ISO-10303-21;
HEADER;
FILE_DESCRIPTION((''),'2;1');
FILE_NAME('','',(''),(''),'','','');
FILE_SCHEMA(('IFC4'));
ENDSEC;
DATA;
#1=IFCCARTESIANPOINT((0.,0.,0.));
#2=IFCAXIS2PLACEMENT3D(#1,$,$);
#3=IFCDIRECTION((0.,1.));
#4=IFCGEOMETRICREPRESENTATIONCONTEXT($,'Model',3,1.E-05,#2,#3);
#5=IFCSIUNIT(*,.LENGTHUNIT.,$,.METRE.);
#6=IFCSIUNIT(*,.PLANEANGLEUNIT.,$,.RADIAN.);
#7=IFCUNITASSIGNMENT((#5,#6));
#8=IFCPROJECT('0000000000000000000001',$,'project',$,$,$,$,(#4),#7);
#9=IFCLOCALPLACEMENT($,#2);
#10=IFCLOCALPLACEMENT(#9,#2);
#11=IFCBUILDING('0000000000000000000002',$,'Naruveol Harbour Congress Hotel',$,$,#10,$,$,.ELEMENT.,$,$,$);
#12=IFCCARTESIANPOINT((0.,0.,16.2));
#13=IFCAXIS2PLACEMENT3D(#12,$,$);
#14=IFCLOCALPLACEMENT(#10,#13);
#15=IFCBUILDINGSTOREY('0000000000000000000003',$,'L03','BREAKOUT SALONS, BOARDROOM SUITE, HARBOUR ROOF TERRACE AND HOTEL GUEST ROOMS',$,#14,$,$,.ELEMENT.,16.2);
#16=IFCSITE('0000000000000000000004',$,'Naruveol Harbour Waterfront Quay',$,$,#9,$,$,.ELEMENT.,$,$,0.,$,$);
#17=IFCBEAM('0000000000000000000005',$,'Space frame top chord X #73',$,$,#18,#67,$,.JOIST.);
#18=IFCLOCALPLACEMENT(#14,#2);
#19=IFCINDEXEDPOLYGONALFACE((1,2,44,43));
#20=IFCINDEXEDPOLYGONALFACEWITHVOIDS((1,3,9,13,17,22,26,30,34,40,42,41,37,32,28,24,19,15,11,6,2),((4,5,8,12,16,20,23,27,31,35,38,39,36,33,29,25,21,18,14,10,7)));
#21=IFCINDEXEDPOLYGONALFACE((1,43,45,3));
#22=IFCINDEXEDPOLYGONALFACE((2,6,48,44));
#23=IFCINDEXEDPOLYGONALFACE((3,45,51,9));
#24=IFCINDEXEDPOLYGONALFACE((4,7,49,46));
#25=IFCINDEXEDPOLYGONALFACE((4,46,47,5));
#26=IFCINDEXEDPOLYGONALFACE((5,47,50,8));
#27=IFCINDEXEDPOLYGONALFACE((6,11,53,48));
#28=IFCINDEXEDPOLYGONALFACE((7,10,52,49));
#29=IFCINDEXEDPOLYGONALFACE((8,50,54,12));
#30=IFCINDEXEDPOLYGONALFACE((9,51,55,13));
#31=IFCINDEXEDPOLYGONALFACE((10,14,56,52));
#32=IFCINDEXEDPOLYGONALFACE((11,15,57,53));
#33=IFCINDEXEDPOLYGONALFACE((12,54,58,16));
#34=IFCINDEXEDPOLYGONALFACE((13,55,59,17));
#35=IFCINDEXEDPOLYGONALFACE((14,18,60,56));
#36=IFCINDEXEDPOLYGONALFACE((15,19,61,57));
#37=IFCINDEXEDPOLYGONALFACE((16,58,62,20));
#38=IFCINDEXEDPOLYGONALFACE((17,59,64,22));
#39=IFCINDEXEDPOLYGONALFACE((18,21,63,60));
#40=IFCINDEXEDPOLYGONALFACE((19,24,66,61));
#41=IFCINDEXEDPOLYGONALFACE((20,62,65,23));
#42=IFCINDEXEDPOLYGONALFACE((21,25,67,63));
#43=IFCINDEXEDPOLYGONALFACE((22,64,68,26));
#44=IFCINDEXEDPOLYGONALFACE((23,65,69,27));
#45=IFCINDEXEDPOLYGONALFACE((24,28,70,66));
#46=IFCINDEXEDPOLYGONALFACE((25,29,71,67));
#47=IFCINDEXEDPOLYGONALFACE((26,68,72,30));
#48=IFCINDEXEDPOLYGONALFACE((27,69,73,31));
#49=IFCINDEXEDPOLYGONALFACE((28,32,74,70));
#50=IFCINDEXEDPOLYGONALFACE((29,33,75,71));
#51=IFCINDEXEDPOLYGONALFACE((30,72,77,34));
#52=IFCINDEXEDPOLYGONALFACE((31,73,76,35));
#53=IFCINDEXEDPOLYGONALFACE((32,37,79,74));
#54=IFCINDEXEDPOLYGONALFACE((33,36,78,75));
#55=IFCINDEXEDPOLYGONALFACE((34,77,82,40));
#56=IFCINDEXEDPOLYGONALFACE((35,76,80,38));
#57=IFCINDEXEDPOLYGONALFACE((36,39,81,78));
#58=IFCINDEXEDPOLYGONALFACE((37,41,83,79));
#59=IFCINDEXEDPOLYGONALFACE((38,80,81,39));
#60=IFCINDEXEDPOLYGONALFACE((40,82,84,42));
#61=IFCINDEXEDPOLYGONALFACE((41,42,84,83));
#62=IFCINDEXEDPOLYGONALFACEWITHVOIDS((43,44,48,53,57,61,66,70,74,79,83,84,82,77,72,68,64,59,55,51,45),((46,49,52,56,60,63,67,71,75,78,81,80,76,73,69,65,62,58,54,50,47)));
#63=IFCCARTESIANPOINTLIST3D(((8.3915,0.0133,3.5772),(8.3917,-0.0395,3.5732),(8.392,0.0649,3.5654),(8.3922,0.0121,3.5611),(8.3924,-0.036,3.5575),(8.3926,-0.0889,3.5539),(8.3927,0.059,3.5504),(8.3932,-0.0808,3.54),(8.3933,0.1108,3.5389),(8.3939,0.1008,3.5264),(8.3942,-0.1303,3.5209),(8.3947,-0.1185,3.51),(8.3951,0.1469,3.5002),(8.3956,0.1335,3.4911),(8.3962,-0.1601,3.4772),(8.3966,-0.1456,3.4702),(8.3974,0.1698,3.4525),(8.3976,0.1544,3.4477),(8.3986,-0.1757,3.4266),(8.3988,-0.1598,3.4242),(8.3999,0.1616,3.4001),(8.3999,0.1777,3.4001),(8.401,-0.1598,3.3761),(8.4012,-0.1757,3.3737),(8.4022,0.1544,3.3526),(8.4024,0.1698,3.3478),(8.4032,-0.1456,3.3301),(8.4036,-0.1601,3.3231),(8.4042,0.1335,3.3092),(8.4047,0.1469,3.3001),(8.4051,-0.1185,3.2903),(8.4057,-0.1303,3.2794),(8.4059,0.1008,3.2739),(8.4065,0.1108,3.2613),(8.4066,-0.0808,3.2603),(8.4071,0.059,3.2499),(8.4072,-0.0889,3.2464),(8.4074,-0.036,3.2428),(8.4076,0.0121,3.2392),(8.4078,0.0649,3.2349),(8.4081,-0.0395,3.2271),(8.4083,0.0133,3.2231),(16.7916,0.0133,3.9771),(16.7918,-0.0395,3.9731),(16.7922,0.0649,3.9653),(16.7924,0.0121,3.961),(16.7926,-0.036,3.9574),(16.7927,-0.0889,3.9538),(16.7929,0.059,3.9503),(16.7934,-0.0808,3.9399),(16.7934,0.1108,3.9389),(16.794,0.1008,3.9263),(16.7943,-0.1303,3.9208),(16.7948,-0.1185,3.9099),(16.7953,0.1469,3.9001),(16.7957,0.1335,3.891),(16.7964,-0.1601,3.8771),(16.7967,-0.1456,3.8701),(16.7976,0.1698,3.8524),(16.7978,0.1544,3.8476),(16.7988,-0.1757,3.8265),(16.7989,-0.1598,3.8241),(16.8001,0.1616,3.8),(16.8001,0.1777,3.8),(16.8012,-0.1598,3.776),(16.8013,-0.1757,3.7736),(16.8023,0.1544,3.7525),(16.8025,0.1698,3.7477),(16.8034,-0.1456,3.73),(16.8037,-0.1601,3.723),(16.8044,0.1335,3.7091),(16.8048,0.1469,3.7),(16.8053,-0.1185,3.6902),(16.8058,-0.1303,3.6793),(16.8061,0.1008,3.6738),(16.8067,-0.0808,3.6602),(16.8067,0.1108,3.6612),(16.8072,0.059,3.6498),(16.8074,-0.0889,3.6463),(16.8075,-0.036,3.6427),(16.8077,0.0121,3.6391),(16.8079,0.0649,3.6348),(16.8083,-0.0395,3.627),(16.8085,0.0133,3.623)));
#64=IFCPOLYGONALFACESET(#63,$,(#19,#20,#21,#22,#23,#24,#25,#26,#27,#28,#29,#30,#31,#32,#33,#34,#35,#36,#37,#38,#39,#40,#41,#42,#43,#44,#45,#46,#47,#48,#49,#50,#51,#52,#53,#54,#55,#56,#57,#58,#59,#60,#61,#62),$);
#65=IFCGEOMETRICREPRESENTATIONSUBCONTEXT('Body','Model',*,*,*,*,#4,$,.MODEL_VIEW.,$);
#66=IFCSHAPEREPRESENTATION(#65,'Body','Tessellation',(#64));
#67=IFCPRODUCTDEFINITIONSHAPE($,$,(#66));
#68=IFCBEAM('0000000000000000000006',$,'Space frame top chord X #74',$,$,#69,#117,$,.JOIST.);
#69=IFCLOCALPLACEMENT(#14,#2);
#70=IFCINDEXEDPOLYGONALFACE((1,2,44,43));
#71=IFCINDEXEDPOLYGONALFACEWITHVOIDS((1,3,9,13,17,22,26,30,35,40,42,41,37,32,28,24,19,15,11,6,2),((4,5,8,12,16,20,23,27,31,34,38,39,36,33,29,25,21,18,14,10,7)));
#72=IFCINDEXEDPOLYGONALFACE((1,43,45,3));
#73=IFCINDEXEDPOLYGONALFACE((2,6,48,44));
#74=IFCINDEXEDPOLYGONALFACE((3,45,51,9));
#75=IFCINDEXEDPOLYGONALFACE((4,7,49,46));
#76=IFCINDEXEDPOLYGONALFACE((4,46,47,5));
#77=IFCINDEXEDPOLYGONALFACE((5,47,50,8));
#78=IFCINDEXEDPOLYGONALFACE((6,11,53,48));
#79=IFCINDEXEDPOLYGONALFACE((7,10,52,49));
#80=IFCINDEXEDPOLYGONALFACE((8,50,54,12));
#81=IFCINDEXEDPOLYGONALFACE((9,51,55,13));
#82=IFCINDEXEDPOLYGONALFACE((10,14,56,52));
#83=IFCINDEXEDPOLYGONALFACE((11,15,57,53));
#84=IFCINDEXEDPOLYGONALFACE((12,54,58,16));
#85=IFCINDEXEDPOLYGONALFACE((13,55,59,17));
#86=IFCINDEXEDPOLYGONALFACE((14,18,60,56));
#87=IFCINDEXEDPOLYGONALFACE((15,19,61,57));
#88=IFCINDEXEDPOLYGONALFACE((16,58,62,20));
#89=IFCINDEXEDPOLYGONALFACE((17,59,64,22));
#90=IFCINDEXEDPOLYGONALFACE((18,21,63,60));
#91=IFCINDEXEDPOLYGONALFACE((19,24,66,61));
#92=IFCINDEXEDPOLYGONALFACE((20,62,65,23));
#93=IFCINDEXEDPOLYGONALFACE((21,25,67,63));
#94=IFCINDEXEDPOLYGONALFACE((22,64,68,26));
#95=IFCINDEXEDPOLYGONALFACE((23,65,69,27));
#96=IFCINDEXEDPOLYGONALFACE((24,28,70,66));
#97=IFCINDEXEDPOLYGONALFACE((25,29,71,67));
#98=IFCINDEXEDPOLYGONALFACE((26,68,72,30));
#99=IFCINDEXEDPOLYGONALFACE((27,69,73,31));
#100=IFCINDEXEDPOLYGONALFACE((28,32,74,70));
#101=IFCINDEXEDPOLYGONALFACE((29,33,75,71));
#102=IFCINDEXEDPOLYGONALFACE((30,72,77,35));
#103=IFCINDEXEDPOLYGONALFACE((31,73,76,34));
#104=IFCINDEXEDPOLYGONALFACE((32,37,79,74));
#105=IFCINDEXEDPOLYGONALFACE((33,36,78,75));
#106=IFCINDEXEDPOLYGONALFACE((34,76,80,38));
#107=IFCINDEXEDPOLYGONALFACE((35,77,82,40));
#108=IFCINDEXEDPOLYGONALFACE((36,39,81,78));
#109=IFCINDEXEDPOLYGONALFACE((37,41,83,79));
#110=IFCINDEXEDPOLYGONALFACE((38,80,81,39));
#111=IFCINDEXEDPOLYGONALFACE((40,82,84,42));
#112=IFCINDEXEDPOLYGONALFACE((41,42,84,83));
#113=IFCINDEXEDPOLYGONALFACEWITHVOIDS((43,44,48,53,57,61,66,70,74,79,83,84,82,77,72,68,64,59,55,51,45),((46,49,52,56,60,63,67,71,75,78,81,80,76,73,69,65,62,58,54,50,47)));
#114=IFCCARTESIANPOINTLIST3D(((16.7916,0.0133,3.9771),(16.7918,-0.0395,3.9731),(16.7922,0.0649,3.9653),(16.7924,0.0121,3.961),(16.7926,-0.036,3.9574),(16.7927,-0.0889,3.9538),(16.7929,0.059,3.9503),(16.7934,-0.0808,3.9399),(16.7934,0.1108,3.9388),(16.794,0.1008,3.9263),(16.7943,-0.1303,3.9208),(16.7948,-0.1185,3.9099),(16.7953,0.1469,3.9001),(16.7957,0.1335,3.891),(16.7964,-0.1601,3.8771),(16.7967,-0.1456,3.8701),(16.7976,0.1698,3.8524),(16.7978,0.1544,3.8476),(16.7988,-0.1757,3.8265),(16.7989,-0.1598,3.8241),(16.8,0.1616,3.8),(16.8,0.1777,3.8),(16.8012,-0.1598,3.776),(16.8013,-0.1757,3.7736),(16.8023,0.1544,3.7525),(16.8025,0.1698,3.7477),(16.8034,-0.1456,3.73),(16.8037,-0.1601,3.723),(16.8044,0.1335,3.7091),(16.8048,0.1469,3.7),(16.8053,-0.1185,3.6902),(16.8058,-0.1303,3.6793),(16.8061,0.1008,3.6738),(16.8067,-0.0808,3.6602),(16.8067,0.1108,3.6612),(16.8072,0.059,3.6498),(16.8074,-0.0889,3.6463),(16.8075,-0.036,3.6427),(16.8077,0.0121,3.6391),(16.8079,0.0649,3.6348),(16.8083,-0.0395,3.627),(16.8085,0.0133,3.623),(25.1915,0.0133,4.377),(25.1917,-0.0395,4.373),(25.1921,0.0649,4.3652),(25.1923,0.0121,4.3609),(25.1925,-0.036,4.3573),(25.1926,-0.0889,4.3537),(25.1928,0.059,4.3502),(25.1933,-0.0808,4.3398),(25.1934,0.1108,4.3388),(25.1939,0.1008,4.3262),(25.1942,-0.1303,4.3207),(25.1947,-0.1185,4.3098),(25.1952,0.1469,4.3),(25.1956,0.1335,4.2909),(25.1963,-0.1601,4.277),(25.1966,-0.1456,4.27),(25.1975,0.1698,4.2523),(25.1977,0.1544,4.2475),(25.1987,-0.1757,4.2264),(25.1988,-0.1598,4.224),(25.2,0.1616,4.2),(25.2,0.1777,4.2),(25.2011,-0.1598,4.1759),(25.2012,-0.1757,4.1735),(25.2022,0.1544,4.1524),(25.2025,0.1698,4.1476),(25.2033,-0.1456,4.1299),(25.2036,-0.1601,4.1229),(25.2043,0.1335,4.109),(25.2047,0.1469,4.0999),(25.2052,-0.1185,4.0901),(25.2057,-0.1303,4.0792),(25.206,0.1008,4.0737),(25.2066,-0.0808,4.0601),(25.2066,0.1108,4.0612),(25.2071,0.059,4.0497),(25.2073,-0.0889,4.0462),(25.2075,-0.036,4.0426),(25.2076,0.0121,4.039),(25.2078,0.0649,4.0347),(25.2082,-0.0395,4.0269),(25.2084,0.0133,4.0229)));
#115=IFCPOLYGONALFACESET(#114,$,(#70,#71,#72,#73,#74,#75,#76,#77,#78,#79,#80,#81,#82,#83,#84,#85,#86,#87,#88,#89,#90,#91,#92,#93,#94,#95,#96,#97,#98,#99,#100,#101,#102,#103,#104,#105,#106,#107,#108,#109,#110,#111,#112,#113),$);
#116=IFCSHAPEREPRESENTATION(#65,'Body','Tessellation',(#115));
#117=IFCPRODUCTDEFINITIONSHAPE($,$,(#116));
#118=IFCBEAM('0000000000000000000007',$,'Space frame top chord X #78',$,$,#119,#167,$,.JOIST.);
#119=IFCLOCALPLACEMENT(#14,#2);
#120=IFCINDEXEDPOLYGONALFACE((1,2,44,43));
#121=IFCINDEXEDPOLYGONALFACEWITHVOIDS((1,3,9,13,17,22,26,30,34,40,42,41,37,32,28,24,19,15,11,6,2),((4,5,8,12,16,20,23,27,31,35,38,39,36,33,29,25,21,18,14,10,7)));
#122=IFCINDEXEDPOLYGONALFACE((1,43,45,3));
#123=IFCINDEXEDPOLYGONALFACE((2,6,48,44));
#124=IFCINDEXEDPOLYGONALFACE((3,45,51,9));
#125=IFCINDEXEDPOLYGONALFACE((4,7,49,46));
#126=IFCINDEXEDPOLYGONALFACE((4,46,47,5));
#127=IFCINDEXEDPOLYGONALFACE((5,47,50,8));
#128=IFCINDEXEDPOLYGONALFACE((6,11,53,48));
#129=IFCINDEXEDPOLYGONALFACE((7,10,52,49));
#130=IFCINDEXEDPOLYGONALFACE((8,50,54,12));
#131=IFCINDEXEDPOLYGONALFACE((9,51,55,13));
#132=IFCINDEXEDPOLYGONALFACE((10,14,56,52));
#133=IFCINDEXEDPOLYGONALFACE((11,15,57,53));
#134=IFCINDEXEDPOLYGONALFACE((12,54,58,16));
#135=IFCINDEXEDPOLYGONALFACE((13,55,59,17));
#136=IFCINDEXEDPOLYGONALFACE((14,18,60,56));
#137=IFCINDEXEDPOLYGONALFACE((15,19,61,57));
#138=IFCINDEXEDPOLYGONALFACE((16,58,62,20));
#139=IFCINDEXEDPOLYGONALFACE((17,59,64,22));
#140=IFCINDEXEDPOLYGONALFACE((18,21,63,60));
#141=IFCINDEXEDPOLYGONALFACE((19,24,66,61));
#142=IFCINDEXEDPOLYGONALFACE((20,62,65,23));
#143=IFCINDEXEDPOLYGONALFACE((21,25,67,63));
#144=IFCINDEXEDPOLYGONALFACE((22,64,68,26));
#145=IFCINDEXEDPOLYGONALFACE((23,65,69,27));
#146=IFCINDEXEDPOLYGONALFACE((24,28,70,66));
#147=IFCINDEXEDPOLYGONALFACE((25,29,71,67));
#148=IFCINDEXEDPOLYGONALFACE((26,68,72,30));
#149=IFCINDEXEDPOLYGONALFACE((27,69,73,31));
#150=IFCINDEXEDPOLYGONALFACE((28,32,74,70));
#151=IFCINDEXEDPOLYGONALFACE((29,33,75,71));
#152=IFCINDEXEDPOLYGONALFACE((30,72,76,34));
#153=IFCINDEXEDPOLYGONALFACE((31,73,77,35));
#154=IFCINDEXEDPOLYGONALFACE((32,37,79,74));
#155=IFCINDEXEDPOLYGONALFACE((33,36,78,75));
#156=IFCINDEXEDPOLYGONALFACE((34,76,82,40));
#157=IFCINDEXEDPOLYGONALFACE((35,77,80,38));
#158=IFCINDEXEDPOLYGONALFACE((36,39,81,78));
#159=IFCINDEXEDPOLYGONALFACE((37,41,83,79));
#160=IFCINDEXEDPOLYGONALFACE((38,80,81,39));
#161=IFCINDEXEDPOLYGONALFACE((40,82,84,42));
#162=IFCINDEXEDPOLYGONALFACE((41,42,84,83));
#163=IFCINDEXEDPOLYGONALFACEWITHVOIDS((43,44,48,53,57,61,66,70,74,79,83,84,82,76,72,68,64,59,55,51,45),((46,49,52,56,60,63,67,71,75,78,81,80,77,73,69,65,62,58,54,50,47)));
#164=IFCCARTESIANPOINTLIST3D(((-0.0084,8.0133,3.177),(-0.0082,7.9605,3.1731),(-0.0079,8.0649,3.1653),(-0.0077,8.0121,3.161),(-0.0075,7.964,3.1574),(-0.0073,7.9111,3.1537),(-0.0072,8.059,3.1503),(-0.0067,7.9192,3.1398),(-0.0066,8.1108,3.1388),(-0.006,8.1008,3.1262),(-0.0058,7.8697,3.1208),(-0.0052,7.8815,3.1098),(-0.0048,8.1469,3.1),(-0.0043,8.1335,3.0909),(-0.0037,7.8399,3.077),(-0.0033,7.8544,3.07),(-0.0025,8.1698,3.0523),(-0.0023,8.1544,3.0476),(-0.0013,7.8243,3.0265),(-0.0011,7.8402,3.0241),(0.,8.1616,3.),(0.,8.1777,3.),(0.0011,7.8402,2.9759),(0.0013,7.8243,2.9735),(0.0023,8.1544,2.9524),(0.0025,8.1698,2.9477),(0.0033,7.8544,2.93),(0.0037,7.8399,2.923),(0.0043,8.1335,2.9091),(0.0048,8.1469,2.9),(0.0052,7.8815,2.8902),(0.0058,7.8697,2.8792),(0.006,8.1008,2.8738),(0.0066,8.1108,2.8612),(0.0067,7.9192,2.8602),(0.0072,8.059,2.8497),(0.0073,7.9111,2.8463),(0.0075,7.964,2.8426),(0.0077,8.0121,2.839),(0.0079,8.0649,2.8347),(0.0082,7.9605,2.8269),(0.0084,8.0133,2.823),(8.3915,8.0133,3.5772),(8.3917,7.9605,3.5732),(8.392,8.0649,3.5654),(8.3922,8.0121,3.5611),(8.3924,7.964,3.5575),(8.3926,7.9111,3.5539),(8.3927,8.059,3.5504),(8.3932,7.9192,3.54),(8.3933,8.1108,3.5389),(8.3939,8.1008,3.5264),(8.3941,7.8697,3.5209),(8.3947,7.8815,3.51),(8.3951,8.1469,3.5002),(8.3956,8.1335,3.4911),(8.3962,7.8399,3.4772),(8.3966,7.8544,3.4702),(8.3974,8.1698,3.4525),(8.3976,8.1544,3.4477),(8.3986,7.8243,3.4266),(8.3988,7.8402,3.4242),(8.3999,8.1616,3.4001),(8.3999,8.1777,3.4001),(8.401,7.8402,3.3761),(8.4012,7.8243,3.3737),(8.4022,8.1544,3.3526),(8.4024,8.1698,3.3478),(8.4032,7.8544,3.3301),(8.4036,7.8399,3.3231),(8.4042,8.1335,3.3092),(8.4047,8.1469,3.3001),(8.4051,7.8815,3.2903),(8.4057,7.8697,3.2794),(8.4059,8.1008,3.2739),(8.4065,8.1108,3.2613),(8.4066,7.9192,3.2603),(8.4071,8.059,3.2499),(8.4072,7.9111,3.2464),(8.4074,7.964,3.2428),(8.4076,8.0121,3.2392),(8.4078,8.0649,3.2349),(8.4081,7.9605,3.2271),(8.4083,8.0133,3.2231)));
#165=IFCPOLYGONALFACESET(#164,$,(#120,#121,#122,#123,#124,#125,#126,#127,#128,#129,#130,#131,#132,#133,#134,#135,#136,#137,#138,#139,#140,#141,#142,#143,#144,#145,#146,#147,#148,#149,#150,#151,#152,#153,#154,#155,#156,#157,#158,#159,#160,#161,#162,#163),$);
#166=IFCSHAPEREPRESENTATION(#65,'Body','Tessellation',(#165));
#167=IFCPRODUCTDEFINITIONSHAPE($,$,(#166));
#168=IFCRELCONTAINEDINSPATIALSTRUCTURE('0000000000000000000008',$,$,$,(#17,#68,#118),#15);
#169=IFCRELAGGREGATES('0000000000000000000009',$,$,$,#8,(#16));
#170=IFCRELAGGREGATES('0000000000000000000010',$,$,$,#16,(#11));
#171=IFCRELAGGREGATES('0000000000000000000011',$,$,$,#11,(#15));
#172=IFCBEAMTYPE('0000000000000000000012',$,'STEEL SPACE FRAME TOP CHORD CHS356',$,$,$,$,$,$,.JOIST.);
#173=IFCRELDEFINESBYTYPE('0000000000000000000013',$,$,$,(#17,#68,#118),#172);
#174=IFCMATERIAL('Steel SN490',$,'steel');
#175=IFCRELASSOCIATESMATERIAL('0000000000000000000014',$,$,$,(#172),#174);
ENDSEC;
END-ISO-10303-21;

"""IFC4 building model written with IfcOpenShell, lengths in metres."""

from ifc_helpers import new_model, si_unit, direction, frame, origin, origin_2d, place, context, subcontext, project, spatial, hollow_circle, extrude, material, material_profile, profile_set, type_object, element, save


model = new_model("IFC4")

# Units and contexts
model_context = context("Model", 3, precision=1e-05, world=origin(), true_north=direction((0.0, 1.0)))
body_context = subcontext(model_context, "Body", "Model", "MODEL_VIEW")
ifc_project = project(units=[si_unit("LENGTHUNIT", "METRE"), si_unit("PLANEANGLEUNIT", "RADIAN")], contexts=[model_context])

# Site, building, storey
site_placement = place(None, origin())
site = spatial("IfcSite", under=ifc_project, at=site_placement, Name="Naruveol Harbour Waterfront Quay", CompositionType="ELEMENT", RefElevation=0.0)
building_placement = place(site_placement, origin())
building = spatial("IfcBuilding", under=site, at=building_placement, Name="Naruveol Harbour Congress Hotel", CompositionType="ELEMENT")
storey_placement = place(building_placement, frame((0.0, 0.0, 16.2)))
storey = spatial("IfcBuildingStorey", under=building, at=storey_placement, Name="L03", Description="BREAKOUT SALONS, BOARDROOM SUITE, HARBOUR ROOF TERRACE AND HOTEL GUEST ROOMS", CompositionType="ELEMENT", Elevation=16.2)

# Beams
ifc_material_1 = material(Name="Steel SN490", Category="steel")
ifc_material_profile_1 = material_profile(ifc_material_1, hollow_circle(Radius=0.1777, WallThickness=0.0161, at=origin_2d()), Name="CHS-355.6x16")
ifc_profile_set_1 = profile_set([ifc_material_profile_1], Name="Steel SN490")
beam_type_1 = type_object("IfcBeamType", Name="STEEL SPACE FRAME TOP CHORD CHS356", PredefinedType="JOIST", material=ifc_profile_set_1)
beam_placement = place(storey_placement, frame((8.3999, 0.0, 3.4001), z_axis=(0.998869, 0.0, 0.047553), x_axis=(0.0, 1.0, 0.0)))
element("IfcBeam", 1, at=beam_placement, inside=storey, type_object=beam_type_1, Name="Space frame top chord X #73", PredefinedType="JOIST", context=body_context, shape_type="SweptSolid", body=[
    extrude(hollow_circle(Radius=0.1777, WallThickness=0.0161, at=origin_2d()), origin(), (0.0, 0.0, 1.0), 8.4097),
])
for number, where, z_axis, x_axis, name in (
    (2, (16.8, 0.0, 3.8), (0.998869, 0.0, 0.047554), (0.0, 1.0, 0.0), "Space frame top chord X #74"),
    (3, (0.0, 8.0, 3.0), (0.998867, 0.0, 0.047583), (0.0, 1.0, 0.0), "Space frame top chord X #78"),
):
    element("IfcBeam", number, at=place(storey_placement, frame(where, z_axis=z_axis, x_axis=x_axis)), inside=storey, type_object=beam_type_1, Name=name, PredefinedType="JOIST", context=body_context, shape_type="SweptSolid", body=[
        extrude(hollow_circle(Radius=0.1777, WallThickness=0.0161, at=origin_2d()), origin(), (0.0, 0.0, 1.0), 8.4094),
    ])

save(model, "model.ifc")
